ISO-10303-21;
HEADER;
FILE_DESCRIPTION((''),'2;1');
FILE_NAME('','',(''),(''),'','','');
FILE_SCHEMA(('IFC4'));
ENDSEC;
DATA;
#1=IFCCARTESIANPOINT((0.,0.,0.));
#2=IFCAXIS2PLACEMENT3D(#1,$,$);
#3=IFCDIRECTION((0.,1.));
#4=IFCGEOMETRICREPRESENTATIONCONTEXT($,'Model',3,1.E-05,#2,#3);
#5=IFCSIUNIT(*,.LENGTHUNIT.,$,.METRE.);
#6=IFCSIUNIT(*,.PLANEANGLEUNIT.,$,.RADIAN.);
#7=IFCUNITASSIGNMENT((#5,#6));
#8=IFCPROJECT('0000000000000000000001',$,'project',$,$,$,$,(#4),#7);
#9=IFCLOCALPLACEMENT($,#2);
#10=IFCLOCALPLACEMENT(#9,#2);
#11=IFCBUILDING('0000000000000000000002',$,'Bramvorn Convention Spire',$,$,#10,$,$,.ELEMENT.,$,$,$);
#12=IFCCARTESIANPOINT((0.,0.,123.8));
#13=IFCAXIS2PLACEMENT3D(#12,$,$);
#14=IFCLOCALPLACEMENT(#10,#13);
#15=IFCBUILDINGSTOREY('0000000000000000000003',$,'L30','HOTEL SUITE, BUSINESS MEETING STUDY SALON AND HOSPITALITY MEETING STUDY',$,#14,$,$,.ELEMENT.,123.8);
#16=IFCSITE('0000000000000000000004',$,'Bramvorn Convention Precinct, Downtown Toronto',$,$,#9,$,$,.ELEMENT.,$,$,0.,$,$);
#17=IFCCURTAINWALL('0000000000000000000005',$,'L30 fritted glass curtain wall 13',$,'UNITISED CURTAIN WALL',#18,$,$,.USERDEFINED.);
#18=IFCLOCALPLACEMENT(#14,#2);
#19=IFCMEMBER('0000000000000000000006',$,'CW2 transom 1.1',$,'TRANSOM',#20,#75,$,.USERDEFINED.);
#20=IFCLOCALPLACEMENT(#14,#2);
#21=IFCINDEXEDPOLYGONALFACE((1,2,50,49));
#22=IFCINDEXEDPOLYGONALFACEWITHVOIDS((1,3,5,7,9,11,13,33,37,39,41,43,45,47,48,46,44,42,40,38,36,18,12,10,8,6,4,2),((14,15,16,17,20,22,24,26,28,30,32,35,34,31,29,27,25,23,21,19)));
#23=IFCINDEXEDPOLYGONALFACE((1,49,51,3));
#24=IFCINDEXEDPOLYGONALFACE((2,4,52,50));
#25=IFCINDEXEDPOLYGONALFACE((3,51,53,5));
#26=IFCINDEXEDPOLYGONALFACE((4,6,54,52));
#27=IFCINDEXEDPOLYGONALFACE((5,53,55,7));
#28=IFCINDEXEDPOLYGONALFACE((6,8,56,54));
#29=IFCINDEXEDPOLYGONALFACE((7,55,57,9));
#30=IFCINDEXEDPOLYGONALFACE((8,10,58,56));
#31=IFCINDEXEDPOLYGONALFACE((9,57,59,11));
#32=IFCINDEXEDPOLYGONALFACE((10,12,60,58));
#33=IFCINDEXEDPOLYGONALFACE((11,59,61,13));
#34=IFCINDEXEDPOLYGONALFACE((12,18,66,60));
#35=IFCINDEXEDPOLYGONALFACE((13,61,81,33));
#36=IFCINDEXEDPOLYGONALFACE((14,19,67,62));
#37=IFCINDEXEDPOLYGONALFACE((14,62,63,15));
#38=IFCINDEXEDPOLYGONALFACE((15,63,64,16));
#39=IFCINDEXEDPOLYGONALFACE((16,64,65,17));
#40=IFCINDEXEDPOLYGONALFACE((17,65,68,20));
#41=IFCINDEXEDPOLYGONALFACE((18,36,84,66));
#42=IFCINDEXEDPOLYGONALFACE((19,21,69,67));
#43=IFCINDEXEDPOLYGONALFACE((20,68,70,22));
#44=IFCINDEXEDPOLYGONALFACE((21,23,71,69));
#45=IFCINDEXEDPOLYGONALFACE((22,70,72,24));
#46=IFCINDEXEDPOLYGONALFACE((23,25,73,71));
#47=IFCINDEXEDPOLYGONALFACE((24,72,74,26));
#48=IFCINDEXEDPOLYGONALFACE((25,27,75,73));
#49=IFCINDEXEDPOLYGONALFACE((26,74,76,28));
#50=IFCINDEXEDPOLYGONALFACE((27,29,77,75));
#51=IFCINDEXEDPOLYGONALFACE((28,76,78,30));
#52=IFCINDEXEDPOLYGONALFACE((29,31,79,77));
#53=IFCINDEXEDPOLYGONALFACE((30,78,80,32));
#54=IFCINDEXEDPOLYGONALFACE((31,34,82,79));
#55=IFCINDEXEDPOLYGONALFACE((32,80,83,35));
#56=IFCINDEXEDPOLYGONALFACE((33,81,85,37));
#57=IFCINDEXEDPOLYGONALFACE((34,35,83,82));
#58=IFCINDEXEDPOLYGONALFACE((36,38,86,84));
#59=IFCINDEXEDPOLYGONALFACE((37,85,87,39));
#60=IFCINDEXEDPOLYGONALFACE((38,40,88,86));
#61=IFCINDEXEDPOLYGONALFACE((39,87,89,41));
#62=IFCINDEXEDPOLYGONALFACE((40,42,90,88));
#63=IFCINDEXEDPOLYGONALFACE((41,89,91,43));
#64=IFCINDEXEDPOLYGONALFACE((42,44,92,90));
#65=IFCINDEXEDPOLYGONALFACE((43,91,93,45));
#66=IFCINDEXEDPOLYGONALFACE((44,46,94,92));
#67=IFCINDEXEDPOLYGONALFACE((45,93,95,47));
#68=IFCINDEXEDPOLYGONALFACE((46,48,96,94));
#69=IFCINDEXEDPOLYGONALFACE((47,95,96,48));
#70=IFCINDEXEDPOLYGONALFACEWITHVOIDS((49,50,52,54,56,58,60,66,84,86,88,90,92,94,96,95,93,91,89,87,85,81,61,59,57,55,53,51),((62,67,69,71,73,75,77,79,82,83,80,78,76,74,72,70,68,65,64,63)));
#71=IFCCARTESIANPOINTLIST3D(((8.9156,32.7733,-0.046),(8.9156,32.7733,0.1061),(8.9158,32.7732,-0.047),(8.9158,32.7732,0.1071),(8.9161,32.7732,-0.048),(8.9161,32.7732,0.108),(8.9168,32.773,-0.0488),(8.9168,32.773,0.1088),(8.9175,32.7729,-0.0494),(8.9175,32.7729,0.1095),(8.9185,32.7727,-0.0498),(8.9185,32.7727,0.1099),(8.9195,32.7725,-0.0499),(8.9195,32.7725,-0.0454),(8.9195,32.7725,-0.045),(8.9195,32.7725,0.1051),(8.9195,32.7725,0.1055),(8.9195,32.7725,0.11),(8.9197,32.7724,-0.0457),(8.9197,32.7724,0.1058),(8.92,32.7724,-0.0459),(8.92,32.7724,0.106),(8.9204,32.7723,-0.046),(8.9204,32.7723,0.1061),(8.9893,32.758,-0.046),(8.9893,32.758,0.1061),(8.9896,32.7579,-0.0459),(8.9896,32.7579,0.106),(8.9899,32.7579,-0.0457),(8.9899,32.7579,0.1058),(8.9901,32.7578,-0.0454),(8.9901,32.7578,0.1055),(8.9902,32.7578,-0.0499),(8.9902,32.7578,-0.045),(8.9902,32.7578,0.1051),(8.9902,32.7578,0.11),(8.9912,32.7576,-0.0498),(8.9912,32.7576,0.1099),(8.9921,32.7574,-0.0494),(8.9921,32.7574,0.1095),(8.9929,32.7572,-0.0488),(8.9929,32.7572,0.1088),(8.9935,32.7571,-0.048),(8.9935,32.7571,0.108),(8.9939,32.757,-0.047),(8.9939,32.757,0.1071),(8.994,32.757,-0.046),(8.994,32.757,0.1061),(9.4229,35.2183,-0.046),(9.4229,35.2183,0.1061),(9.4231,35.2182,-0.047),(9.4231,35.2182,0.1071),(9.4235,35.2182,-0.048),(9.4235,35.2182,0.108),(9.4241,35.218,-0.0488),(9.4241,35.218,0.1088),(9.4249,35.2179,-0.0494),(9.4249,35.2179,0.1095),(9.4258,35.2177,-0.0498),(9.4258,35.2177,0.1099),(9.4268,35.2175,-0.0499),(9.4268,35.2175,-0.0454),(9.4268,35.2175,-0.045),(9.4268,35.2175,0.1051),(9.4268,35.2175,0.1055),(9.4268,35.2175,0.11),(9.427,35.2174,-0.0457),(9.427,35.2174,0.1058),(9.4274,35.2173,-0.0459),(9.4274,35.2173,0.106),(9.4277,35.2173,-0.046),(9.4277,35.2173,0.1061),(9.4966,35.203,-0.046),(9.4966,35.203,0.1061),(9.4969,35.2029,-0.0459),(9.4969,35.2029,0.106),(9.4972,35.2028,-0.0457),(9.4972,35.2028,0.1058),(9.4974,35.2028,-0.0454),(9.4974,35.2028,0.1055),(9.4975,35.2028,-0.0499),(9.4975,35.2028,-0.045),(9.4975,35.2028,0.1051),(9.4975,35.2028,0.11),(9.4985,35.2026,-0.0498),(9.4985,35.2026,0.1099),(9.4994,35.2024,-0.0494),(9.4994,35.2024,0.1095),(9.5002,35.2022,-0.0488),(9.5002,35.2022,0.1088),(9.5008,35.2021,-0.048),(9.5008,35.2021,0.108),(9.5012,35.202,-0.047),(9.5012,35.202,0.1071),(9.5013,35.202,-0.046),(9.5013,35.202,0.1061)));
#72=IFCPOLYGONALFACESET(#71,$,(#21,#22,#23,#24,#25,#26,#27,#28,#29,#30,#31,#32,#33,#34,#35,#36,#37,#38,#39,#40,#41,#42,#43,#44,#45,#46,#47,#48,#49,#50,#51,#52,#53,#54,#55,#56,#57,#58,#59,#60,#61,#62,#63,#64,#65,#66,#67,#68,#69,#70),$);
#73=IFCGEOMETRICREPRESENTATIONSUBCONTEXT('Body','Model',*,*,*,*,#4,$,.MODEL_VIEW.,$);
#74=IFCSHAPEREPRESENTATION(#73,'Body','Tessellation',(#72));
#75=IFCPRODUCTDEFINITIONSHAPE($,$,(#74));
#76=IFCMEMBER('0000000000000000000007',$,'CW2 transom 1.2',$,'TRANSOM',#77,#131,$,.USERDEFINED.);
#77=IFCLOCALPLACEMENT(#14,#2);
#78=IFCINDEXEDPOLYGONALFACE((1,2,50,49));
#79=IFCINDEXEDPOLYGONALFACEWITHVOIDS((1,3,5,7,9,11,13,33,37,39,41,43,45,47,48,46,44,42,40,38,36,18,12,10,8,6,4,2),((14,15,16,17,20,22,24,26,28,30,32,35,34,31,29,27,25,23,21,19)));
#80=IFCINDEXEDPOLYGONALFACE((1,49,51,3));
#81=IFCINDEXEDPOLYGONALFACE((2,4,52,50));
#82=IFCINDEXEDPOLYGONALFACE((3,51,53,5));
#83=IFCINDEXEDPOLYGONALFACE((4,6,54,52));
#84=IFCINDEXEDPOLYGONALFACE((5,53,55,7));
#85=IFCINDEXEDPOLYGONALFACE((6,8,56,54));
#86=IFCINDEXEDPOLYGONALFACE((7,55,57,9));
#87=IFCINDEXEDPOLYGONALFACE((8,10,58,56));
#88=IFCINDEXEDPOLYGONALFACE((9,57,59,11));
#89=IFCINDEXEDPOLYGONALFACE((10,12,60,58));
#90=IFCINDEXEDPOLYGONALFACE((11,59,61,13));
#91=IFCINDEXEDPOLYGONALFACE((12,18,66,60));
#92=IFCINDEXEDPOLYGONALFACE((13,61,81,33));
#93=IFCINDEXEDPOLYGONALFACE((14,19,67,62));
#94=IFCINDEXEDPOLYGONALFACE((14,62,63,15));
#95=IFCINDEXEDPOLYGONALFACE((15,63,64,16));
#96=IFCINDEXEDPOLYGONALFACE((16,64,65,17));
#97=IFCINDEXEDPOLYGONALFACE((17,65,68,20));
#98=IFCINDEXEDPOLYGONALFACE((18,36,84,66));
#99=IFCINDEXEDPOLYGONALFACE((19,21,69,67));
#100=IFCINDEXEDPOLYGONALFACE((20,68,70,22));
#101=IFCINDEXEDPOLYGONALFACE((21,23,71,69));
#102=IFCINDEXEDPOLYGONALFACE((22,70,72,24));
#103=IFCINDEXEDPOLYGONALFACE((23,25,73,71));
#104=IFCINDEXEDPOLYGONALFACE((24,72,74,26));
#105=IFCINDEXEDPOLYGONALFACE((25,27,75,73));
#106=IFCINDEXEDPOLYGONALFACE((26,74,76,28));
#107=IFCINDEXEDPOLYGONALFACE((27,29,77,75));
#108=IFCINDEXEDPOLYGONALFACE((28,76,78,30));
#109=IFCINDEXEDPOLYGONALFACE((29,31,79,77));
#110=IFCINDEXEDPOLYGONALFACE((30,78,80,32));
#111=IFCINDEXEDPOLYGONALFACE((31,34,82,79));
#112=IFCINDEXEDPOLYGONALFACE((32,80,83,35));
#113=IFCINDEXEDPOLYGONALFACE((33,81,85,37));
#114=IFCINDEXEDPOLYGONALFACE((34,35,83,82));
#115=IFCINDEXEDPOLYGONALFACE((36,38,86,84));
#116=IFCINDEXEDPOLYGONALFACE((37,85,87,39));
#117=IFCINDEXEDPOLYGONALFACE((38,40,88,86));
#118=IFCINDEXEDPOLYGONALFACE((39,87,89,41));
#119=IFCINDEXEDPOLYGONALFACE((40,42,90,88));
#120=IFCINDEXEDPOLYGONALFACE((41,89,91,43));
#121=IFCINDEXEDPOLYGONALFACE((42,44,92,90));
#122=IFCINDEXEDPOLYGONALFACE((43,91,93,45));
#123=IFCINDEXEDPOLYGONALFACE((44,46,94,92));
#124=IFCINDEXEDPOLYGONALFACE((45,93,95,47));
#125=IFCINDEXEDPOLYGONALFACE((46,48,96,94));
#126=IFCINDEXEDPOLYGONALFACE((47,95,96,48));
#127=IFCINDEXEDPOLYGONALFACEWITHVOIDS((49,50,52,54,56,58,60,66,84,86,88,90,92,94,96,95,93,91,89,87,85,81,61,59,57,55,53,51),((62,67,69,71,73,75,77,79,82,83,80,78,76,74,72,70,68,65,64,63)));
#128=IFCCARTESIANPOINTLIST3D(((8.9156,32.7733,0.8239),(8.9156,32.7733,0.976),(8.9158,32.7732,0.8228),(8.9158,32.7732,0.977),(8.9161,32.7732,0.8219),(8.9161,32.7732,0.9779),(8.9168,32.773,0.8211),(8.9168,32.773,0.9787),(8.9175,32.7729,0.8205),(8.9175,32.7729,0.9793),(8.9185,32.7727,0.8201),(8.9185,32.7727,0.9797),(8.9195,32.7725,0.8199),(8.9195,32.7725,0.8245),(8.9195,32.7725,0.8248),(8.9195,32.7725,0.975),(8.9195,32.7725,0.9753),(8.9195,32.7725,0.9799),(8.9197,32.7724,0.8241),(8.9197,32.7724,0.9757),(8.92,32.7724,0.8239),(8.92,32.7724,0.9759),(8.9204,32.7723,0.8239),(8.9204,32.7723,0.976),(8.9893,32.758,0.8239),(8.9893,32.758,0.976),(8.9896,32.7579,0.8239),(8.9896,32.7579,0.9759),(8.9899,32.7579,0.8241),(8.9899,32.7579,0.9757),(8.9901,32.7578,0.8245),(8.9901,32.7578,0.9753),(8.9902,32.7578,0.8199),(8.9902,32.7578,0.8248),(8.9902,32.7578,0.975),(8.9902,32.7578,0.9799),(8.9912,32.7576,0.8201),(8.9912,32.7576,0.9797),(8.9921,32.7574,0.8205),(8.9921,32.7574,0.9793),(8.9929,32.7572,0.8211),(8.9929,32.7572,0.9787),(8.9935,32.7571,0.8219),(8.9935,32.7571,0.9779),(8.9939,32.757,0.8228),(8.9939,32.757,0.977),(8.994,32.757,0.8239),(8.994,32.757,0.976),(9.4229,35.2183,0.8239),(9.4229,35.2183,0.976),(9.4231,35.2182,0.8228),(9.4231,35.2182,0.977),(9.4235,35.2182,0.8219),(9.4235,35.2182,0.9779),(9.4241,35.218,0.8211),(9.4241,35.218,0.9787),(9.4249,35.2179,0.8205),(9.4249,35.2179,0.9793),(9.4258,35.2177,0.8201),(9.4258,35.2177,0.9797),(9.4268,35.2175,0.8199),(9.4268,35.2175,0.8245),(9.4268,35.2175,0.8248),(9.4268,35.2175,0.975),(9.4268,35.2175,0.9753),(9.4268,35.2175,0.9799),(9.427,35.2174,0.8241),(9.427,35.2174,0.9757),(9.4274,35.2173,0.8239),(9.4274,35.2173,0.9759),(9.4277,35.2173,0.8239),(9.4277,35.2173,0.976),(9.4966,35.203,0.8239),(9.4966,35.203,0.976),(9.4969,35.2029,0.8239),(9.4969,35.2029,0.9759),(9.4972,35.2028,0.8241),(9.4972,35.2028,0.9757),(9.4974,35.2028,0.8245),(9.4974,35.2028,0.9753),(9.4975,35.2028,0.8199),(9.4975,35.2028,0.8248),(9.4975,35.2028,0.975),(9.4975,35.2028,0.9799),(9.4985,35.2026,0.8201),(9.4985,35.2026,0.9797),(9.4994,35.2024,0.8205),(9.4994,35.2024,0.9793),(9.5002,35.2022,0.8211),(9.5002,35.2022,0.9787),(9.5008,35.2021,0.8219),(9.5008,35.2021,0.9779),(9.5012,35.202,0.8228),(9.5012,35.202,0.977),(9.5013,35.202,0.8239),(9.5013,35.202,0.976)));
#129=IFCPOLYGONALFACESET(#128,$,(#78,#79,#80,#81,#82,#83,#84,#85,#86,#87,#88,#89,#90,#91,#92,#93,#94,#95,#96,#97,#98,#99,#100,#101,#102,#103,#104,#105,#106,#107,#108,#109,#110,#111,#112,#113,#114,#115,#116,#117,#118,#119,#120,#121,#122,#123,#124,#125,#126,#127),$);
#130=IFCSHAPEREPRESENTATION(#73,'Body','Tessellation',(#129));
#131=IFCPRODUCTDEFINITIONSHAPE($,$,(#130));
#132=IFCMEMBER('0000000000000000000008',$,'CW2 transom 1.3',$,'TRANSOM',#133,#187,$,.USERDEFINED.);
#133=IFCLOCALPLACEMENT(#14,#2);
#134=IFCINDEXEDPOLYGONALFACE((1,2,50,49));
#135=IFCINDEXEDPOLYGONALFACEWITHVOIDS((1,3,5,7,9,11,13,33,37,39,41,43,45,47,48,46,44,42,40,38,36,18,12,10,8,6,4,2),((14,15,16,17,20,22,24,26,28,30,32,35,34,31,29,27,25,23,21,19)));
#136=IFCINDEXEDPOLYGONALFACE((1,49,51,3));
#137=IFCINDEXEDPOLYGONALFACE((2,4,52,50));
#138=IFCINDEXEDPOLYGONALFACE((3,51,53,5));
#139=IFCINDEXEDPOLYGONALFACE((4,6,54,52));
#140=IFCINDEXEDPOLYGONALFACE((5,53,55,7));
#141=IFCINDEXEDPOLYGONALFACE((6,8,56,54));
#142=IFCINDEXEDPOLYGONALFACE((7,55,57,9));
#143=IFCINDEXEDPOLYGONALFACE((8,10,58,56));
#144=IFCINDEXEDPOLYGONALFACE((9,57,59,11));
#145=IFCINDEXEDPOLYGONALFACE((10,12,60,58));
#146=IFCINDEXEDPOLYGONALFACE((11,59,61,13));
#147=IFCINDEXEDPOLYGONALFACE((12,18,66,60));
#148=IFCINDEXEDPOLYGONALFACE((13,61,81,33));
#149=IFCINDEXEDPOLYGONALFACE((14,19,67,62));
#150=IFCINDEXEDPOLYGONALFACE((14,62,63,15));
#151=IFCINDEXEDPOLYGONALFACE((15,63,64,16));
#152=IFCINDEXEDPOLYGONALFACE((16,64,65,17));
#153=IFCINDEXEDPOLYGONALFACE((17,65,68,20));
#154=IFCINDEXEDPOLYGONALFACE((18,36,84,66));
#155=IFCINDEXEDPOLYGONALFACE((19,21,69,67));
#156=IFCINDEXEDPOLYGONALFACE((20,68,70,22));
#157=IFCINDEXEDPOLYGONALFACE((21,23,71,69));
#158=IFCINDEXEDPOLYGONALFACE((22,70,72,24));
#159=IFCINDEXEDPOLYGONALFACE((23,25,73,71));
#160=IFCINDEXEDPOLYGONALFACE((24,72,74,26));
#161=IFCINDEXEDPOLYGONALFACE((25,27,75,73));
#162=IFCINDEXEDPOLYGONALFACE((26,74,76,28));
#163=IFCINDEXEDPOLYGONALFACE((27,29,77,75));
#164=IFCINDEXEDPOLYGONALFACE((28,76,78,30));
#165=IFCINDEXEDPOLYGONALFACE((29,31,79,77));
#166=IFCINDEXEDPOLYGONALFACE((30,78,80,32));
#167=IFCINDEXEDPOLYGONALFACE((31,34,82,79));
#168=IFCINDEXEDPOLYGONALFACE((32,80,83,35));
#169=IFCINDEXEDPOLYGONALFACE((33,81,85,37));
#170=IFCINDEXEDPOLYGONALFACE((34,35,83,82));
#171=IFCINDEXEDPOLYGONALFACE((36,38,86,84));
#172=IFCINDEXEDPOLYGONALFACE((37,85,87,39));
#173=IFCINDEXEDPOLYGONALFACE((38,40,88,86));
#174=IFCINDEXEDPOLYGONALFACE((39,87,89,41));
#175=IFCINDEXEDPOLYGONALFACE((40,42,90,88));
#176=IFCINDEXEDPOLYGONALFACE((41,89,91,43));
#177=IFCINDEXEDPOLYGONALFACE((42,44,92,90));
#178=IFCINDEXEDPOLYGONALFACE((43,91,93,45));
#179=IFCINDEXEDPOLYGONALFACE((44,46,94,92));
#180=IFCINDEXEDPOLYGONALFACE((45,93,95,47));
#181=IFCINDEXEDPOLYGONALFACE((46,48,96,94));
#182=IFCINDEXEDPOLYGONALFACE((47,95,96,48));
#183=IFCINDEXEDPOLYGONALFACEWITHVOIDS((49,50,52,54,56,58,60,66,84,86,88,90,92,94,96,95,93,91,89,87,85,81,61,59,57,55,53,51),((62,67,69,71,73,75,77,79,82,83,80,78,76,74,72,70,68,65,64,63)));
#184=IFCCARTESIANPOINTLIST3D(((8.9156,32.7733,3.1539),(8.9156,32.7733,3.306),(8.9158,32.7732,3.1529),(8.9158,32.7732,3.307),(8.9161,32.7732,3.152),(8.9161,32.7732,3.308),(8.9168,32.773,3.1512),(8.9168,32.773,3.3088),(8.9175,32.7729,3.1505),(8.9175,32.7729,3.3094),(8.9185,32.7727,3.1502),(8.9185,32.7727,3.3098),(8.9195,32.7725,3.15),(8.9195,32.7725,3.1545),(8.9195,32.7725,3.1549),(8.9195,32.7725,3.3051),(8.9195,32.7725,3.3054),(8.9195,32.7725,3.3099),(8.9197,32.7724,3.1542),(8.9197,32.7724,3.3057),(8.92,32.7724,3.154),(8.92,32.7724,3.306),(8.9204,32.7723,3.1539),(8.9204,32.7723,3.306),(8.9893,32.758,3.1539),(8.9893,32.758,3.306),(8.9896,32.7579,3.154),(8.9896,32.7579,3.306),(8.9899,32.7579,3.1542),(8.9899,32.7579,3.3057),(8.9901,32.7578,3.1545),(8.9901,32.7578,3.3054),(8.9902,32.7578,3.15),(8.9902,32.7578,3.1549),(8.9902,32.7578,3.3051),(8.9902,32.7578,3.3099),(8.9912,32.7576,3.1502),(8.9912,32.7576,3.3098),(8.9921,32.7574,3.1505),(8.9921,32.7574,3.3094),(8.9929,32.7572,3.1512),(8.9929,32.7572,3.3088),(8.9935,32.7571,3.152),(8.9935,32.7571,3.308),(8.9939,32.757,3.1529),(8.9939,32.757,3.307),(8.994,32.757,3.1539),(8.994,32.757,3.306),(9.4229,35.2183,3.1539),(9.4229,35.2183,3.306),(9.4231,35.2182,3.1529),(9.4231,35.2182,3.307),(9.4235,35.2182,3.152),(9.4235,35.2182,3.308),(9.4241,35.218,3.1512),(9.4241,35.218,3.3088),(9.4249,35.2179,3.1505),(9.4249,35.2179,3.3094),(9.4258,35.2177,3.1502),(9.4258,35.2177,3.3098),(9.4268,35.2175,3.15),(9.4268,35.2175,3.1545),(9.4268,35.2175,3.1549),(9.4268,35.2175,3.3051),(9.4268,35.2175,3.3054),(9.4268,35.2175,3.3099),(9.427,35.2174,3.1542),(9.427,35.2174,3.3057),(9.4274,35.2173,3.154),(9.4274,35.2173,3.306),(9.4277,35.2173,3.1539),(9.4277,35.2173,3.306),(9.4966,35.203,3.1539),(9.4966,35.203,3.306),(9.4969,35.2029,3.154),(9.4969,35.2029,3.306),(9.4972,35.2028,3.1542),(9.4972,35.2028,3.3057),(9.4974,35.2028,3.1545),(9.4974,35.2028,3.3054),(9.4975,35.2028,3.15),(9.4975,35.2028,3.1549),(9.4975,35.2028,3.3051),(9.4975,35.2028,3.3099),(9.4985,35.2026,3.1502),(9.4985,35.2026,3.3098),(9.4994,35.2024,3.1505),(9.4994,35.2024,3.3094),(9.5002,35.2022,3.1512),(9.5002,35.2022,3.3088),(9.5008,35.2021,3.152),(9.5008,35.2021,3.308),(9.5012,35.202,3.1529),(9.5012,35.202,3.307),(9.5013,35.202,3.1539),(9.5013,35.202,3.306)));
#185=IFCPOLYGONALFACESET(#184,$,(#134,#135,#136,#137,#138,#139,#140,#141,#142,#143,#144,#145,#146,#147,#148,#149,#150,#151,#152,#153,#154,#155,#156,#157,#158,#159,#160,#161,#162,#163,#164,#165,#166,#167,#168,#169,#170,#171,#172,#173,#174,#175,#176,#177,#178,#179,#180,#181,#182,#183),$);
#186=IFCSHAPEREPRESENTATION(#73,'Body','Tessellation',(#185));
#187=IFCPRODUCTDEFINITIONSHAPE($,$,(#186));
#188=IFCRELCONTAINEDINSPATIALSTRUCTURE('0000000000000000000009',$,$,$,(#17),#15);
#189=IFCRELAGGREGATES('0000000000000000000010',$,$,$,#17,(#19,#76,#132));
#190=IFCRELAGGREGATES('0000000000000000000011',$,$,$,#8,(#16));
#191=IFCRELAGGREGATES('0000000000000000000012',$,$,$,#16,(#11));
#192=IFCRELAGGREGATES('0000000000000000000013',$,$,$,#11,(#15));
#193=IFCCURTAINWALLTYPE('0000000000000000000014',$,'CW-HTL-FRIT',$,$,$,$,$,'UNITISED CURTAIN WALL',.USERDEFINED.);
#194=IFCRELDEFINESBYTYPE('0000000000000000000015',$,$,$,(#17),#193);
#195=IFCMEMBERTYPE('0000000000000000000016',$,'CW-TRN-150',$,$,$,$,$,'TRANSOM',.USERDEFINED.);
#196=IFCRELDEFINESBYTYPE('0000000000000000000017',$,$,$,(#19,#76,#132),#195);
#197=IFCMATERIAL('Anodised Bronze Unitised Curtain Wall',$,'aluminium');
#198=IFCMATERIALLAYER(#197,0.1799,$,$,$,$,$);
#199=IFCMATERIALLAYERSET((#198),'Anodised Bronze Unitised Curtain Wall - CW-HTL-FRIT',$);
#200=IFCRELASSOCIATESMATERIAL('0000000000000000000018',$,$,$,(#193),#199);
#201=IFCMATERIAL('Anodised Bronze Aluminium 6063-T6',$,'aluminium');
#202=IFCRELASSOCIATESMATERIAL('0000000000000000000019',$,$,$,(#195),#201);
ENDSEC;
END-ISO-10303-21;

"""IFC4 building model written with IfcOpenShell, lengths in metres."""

from ifc_helpers import new_model, si_unit, direction, frame, origin, origin_2d, place, context, subcontext, project, spatial, hollow_rectangle, extrude, material, layer, layer_set, material_profile, profile_set, type_object, element, aggregate, save


model = new_model("IFC4")

# Units and contexts
model_context = context("Model", 3, precision=1e-05, world=origin(), true_north=direction((0.0, 1.0)))
body_context = subcontext(model_context, "Body", "Model", "MODEL_VIEW")
ifc_project = project(units=[si_unit("LENGTHUNIT", "METRE"), si_unit("PLANEANGLEUNIT", "RADIAN")], contexts=[model_context])

# Site, building, storey
site_placement = place(None, origin())
site = spatial("IfcSite", under=ifc_project, at=site_placement, Name="Bramvorn Convention Precinct, Downtown Toronto", CompositionType="ELEMENT", RefElevation=0.0)
building_placement = place(site_placement, origin())
building = spatial("IfcBuilding", under=site, at=building_placement, Name="Bramvorn Convention Spire", CompositionType="ELEMENT")
storey_placement = place(building_placement, frame((0.0, 0.0, 123.8)))
storey = spatial("IfcBuildingStorey", under=building, at=storey_placement, Name="L30", Description="HOTEL SUITE, BUSINESS MEETING STUDY SALON AND HOSPITALITY MEETING STUDY", CompositionType="ELEMENT", Elevation=123.8)

# Curtain wall
ifc_material_1 = material(Name="Anodised Bronze Unitised Curtain Wall", Category="aluminium")
ifc_layer_1 = layer(ifc_material_1, 0.1799)
ifc_layer_set_1 = layer_set([ifc_layer_1], Name="Anodised Bronze Unitised Curtain Wall - CW-HTL-FRIT")
curtain_wall_type = type_object("IfcCurtainWallType", Name="CW-HTL-FRIT", ElementType="UNITISED CURTAIN WALL", PredefinedType="USERDEFINED", material=ifc_layer_set_1)
curtain_wall_1_placement = place(storey_placement, origin())
curtain_wall_1 = element("IfcCurtainWall", 1, at=curtain_wall_1_placement, inside=storey, type_object=curtain_wall_type, Name="L30 fritted glass curtain wall 13", ObjectType="UNITISED CURTAIN WALL", PredefinedType="USERDEFINED")
ifc_material_2 = material(Name="Anodised Bronze Aluminium 6063-T6", Category="aluminium")

# Members
ifc_material_profile_1 = material_profile(ifc_material_2, hollow_rectangle(XDim=0.0801, YDim=0.1599, WallThickness=0.0039, InnerFilletRadius=0.001, OuterFilletRadius=0.0039, at=origin_2d()))
ifc_profile_set_1 = profile_set([ifc_material_profile_1], Name="Anodised Bronze Aluminium 6063-T6 - CWT80X160")
member_type_1 = type_object("IfcMemberType", Name="CW-TRN-150", ElementType="TRANSOM", PredefinedType="USERDEFINED", material=ifc_profile_set_1)
member_1_placement = place(storey_placement, frame((8.9548, 32.7651, 0.03), z_axis=(0.203162, 0.979145, 0.0), x_axis=(-0.979145, 0.203162, 0.0)))
member_1 = element("IfcMember", 2, at=member_1_placement, type_object=member_type_1, Name="CW2 transom 1.1", ObjectType="TRANSOM", PredefinedType="USERDEFINED", context=body_context, shape_type="SweptSolid", body=[
    extrude(hollow_rectangle(XDim=0.0801, YDim=0.1599, WallThickness=0.0039, InnerFilletRadius=0.001, OuterFilletRadius=0.0039, at=origin_2d()), origin(), (0.0, 0.0, 1.0), 2.4971),
])
member_2_placement = place(storey_placement, frame((8.9548, 32.7651, 0.8999), z_axis=(0.203162, 0.979145, 0.0), x_axis=(-0.979145, 0.203162, 0.0)))
member_2 = element("IfcMember", 3, at=member_2_placement, type_object=member_type_1, Name="CW2 transom 1.2", ObjectType="TRANSOM", PredefinedType="USERDEFINED", context=body_context, shape_type="SweptSolid", body=[
    extrude(hollow_rectangle(XDim=0.0801, YDim=0.1599, WallThickness=0.0039, InnerFilletRadius=0.001, OuterFilletRadius=0.0039, at=origin_2d()), origin(), (0.0, 0.0, 1.0), 2.4971),
])
member_3_placement = place(storey_placement, frame((8.9548, 32.7651, 3.23), z_axis=(0.203162, 0.979145, 0.0), x_axis=(-0.979145, 0.203162, 0.0)))
member_3 = element("IfcMember", 4, at=member_3_placement, type_object=member_type_1, Name="CW2 transom 1.3", ObjectType="TRANSOM", PredefinedType="USERDEFINED", context=body_context, shape_type="SweptSolid", body=[
    extrude(hollow_rectangle(XDim=0.0801, YDim=0.1599, WallThickness=0.0039, InnerFilletRadius=0.001, OuterFilletRadius=0.0039, at=origin_2d()), origin(), (0.0, 0.0, 1.0), 2.4971),
])

aggregate(curtain_wall_1, [member_1, member_2, member_3])

save(model, "model.ifc")
